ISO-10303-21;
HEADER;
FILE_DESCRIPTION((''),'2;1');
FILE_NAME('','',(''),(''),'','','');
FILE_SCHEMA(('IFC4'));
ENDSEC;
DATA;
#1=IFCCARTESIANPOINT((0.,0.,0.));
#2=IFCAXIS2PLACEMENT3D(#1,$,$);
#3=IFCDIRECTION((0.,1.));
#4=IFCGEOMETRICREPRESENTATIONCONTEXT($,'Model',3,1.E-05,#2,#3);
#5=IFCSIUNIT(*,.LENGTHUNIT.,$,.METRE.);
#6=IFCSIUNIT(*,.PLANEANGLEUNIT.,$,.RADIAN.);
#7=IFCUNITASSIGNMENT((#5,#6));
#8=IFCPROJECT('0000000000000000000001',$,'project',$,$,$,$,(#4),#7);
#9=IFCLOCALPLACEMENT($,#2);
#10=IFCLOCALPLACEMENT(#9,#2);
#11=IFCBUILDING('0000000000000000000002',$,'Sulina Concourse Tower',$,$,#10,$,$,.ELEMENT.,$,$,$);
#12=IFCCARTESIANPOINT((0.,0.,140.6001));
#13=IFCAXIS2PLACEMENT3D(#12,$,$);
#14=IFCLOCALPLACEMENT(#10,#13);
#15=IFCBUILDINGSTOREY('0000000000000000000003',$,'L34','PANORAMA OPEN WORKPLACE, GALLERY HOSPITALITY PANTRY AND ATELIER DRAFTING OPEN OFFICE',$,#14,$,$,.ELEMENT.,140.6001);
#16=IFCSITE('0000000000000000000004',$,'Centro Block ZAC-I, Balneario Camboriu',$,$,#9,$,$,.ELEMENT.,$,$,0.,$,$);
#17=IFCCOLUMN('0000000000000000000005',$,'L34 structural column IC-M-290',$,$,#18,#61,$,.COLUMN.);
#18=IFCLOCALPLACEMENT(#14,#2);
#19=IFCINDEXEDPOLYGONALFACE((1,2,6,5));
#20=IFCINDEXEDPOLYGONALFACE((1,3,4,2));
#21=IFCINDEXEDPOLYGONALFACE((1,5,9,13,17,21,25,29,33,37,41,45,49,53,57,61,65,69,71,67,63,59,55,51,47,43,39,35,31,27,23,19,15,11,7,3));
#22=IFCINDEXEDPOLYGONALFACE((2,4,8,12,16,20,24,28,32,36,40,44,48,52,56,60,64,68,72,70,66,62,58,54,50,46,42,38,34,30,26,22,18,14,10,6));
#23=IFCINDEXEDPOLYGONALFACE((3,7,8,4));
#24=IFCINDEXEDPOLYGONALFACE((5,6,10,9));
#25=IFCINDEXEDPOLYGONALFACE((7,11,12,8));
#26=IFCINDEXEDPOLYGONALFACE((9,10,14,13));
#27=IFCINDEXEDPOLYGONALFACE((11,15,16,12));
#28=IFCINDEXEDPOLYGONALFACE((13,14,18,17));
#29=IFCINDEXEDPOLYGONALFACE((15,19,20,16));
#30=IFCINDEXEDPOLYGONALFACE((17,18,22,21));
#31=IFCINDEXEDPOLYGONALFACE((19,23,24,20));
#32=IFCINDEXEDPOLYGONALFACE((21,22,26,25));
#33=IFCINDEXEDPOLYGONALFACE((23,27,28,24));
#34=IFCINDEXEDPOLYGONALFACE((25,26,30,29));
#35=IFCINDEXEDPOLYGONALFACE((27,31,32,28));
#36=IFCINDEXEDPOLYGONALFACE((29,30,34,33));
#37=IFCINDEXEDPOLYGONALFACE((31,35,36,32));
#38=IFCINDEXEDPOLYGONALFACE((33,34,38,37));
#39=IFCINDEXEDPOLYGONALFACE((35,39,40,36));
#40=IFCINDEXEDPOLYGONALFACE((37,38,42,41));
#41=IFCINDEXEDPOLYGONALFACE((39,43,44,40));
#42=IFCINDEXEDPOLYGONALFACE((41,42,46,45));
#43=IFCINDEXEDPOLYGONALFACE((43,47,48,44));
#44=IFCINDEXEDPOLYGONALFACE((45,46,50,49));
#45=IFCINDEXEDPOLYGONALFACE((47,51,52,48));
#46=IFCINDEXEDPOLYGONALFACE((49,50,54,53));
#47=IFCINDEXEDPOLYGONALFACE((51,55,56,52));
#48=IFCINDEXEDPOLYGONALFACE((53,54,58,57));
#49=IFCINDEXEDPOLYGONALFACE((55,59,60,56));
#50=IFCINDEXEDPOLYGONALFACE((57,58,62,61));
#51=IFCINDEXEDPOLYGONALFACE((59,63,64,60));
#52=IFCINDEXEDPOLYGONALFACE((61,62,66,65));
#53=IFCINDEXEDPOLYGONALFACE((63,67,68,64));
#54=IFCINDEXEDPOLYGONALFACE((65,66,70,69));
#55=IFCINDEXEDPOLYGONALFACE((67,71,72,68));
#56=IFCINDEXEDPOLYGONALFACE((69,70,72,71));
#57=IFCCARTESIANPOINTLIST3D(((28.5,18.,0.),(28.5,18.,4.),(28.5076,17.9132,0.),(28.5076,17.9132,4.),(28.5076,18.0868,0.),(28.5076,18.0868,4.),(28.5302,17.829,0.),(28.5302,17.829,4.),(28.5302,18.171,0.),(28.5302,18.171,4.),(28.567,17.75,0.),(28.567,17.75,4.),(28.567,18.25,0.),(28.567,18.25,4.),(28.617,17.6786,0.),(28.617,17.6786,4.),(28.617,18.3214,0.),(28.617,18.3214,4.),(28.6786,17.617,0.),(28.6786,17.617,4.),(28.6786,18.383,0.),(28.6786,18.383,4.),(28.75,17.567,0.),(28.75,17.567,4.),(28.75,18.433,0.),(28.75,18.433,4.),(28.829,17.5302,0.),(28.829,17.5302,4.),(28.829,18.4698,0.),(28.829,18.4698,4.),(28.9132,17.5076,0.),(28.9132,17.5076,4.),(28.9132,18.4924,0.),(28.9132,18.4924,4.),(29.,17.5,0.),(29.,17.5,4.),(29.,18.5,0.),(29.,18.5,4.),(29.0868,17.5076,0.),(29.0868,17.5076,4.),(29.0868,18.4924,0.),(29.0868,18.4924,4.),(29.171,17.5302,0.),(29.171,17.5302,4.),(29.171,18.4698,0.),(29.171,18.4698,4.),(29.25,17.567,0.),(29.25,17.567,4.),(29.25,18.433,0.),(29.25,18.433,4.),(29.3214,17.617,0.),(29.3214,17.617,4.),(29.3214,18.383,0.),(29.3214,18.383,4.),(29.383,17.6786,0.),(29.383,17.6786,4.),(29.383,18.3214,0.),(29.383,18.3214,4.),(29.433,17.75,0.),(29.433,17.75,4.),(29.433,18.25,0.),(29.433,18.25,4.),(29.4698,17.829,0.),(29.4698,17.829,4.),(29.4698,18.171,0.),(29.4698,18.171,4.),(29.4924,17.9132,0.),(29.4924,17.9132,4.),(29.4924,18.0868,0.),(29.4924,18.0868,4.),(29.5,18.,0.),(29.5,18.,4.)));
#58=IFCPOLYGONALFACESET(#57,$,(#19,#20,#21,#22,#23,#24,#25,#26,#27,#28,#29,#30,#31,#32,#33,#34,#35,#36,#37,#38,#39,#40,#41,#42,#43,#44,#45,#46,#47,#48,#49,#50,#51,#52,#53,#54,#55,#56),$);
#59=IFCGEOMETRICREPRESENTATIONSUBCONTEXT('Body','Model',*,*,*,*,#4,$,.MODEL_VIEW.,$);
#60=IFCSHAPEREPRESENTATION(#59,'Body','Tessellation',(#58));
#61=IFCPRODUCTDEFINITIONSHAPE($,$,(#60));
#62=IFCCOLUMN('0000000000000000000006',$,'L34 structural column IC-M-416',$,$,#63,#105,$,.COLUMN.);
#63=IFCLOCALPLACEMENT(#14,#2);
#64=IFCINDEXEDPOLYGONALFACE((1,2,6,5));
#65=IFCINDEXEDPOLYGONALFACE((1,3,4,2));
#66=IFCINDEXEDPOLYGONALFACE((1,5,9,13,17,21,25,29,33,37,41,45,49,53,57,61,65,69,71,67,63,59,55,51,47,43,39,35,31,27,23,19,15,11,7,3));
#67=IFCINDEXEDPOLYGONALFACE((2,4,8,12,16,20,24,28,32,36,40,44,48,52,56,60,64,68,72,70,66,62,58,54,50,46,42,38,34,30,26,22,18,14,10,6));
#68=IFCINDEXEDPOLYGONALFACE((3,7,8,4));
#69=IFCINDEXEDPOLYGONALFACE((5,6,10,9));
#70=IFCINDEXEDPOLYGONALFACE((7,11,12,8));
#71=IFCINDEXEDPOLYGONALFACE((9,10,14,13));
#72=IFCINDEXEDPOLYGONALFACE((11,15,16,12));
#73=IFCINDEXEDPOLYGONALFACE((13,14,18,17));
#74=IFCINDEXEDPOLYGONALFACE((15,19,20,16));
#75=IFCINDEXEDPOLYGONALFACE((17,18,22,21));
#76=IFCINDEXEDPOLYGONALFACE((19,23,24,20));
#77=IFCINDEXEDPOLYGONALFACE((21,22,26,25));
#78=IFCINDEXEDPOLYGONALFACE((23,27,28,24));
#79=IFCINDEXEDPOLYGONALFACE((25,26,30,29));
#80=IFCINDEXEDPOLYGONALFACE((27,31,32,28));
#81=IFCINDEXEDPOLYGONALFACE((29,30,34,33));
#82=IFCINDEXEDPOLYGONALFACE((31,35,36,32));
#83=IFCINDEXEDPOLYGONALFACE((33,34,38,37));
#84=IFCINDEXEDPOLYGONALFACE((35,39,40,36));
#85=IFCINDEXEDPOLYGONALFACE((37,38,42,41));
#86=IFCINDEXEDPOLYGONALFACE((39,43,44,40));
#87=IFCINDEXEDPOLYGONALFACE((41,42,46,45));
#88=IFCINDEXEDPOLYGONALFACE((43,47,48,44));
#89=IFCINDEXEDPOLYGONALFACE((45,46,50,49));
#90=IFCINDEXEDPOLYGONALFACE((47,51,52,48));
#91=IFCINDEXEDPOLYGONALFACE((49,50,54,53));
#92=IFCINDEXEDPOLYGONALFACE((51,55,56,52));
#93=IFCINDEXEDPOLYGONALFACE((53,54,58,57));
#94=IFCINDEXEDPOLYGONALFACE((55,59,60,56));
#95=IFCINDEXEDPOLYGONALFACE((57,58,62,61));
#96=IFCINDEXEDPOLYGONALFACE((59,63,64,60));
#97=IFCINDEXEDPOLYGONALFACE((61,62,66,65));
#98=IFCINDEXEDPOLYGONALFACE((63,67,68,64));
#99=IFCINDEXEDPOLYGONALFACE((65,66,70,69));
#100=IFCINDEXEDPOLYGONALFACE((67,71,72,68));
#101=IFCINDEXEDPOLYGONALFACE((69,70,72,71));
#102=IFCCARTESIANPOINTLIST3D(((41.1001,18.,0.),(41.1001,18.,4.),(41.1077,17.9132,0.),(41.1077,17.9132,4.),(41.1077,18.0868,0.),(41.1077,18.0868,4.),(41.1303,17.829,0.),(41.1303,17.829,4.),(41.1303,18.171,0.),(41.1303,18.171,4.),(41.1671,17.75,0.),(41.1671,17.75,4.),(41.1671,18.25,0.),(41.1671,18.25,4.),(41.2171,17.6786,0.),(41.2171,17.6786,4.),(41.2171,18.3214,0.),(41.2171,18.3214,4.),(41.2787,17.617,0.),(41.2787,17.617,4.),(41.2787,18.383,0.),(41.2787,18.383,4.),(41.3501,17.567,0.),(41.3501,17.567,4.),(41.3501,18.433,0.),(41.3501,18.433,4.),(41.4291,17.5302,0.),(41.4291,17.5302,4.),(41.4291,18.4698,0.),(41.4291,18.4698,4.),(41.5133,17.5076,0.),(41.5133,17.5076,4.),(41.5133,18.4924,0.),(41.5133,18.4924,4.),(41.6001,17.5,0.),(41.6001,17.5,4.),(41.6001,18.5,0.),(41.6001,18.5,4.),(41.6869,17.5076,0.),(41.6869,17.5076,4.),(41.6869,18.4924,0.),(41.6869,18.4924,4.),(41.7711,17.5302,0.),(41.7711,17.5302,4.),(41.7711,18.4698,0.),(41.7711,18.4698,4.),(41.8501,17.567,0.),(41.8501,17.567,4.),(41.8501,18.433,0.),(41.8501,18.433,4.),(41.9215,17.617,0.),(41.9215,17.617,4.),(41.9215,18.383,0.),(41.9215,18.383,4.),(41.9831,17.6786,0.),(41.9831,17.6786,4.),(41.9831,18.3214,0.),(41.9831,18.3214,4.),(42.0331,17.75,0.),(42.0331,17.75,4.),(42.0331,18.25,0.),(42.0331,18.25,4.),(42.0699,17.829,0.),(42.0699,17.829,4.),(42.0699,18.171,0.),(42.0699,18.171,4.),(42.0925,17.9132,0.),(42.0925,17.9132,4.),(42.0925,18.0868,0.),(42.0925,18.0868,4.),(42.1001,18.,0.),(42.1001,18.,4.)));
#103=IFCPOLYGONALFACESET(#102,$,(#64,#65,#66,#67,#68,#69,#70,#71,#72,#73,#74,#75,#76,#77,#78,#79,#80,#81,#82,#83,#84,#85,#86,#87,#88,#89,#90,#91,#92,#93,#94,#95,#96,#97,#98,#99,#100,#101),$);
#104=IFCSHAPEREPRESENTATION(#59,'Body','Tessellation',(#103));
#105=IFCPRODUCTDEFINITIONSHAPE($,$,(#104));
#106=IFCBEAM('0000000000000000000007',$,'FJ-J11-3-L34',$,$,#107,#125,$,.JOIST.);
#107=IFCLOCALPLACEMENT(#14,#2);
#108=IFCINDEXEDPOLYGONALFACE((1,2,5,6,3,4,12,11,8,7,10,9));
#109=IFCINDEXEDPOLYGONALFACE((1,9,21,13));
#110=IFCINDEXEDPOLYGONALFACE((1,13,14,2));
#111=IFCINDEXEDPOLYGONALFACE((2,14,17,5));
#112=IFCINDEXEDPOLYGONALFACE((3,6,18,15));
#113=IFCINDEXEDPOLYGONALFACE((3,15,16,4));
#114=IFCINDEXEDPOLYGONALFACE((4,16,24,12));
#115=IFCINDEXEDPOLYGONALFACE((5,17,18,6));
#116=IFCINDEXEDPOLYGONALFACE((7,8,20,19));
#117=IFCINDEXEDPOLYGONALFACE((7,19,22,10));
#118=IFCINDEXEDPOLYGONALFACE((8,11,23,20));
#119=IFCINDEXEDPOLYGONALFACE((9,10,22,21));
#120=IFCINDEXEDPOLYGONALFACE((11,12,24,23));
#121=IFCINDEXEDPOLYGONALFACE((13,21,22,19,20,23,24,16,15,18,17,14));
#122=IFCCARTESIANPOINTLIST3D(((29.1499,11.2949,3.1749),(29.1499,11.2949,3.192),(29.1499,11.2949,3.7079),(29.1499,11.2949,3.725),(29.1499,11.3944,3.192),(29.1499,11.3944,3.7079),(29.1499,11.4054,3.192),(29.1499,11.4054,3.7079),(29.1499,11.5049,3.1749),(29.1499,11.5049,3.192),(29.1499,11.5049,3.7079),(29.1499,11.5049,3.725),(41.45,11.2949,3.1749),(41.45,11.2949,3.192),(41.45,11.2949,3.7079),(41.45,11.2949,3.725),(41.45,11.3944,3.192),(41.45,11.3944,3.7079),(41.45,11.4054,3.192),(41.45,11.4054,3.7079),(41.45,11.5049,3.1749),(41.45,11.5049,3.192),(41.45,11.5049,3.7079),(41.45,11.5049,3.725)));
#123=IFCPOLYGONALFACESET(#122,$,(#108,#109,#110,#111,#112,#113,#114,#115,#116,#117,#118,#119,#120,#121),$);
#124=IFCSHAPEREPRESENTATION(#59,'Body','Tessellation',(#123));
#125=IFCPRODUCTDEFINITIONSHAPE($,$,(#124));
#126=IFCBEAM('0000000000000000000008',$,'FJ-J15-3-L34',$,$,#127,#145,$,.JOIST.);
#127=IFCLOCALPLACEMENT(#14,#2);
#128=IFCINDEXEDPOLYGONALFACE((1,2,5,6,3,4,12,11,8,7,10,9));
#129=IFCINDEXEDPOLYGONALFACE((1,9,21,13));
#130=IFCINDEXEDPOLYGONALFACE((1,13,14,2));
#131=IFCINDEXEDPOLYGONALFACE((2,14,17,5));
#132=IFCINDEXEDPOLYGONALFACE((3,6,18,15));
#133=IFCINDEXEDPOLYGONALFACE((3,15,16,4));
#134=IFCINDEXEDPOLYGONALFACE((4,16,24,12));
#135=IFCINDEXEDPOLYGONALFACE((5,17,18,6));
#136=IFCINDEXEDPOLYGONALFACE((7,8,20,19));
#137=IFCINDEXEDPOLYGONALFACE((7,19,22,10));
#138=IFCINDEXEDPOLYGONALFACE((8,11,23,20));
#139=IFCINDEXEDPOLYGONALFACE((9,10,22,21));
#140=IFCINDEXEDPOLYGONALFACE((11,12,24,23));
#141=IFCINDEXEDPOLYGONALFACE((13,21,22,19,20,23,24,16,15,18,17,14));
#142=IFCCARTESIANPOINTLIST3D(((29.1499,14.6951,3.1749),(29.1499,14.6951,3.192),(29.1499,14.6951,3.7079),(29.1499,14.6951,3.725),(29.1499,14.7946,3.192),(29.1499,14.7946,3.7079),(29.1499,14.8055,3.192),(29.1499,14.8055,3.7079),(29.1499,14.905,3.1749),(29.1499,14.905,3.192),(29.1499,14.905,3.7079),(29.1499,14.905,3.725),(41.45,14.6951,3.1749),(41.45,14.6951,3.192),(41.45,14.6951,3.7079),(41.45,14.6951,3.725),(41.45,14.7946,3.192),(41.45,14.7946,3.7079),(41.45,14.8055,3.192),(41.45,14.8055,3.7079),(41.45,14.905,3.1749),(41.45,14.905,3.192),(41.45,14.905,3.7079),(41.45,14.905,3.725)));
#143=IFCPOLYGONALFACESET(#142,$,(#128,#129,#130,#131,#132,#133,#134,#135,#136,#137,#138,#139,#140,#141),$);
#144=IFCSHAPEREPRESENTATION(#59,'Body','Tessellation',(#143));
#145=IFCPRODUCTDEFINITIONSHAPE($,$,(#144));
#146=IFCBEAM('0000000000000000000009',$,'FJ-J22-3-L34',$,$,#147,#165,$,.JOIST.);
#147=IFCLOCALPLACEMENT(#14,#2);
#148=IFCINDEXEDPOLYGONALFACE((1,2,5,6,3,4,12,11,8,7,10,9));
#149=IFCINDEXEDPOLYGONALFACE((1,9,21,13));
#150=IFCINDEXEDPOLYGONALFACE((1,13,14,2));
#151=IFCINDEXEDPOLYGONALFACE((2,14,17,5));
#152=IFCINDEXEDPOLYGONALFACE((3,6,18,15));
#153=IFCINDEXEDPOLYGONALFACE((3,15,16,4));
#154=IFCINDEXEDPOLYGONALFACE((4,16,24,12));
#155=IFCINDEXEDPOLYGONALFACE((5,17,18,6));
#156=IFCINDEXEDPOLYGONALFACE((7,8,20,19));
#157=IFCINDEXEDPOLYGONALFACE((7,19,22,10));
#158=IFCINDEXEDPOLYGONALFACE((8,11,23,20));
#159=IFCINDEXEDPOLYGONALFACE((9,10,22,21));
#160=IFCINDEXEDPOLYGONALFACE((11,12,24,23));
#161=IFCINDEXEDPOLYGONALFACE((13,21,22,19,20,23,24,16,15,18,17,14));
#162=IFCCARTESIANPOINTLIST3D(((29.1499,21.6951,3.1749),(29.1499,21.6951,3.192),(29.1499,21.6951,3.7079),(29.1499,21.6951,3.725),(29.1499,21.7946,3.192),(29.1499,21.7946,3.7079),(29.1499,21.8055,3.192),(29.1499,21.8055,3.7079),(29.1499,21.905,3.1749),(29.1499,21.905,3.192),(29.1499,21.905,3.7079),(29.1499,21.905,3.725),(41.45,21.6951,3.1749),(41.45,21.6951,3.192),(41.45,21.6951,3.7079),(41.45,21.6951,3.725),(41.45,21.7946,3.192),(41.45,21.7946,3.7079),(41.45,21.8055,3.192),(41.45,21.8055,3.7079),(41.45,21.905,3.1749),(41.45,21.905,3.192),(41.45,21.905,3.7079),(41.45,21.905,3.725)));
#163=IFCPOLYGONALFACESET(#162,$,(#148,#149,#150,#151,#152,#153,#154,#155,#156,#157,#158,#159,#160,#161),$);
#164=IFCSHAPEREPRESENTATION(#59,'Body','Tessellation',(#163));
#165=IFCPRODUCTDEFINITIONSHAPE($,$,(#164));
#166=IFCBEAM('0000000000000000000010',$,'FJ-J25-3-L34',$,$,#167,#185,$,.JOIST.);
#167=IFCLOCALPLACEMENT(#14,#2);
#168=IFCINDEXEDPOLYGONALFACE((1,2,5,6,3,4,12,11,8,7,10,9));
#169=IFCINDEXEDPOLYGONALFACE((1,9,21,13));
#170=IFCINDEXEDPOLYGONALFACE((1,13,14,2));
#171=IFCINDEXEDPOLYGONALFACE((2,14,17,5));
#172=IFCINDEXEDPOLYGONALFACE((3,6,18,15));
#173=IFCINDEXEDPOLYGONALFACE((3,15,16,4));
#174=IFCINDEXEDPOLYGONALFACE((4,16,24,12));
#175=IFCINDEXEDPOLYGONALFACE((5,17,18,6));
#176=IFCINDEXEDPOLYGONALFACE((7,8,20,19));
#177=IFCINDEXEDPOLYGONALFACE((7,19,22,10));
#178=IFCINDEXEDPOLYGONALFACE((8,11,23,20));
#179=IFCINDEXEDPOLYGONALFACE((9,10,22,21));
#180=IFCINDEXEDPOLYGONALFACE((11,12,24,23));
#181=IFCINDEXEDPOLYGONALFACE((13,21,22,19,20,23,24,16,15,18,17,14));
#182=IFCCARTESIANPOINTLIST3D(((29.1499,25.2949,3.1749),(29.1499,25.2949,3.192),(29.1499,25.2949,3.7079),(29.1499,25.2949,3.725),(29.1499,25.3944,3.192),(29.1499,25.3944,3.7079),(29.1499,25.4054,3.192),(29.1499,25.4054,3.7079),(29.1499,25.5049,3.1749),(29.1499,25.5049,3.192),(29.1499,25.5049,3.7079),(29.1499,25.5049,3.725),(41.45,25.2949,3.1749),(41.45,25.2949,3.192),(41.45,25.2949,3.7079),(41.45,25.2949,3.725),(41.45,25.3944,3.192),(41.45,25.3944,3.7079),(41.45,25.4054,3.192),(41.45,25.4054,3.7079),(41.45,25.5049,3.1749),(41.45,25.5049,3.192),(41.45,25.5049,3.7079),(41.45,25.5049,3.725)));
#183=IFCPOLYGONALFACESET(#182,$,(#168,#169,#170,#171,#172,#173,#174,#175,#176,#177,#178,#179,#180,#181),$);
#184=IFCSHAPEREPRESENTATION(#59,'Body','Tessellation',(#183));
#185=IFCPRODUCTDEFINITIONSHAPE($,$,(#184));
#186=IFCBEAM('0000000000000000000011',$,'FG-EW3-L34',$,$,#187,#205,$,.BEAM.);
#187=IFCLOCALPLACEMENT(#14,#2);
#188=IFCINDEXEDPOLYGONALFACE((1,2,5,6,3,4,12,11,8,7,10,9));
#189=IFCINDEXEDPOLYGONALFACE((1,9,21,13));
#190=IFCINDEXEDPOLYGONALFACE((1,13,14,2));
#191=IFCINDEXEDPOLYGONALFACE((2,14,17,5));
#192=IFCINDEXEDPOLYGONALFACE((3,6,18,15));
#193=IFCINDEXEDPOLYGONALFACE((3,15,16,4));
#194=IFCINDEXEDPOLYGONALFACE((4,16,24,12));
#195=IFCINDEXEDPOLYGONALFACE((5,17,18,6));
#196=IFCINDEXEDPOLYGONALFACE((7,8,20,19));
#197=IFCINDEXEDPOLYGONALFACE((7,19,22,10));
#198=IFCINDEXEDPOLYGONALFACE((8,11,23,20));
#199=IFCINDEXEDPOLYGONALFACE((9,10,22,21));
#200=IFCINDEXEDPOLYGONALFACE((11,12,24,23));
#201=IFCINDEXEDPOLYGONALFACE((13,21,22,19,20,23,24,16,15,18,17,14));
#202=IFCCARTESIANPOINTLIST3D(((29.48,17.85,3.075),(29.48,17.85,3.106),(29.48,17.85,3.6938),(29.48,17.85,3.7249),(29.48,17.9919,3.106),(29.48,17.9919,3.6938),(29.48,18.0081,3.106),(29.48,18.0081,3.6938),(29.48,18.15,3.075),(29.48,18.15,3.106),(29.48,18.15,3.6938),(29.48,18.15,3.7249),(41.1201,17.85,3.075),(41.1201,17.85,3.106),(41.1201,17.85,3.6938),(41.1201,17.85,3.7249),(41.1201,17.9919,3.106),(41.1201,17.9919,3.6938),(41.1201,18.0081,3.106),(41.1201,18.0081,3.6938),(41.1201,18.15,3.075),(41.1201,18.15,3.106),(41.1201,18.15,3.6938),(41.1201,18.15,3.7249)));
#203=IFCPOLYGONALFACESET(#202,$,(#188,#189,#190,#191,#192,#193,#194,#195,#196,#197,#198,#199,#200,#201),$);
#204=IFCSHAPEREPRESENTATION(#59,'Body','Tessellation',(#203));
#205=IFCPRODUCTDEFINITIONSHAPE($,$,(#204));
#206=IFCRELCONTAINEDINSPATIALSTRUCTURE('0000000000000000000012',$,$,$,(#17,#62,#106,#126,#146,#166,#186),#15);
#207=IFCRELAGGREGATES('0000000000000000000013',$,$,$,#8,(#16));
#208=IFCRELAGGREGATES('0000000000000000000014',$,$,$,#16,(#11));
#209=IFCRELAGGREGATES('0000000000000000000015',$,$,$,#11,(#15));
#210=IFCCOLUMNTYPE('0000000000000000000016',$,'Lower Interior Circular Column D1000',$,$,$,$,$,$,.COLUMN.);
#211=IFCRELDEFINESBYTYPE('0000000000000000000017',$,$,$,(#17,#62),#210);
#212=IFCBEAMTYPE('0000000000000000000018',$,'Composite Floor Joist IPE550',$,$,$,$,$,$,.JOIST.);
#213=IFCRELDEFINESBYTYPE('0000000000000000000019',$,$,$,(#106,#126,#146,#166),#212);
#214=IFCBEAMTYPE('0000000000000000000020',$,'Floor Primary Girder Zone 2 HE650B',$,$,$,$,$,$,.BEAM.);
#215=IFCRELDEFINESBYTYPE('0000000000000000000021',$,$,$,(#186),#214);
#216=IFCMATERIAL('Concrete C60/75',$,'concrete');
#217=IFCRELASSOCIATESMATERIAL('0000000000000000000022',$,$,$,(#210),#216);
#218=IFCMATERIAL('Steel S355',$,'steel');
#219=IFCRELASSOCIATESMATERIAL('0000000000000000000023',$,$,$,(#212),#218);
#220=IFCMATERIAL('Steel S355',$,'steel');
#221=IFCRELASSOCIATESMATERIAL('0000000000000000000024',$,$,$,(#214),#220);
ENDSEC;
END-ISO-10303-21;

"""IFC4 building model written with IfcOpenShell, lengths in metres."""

from ifc_helpers import new_model, si_unit, direction, frame, origin, origin_2d, place, context, subcontext, project, spatial, circle, i_section, extrude, material, material_profile, profile_set, type_object, element, save


model = new_model("IFC4")

# Units and contexts
model_context = context("Model", 3, precision=1e-05, world=origin(), true_north=direction((0.0, 1.0)))
body_context = subcontext(model_context, "Body", "Model", "MODEL_VIEW")
ifc_project = project(units=[si_unit("LENGTHUNIT", "METRE"), si_unit("PLANEANGLEUNIT", "RADIAN")], contexts=[model_context])

# Site, building, storey
site_placement = place(None, origin())
site = spatial("IfcSite", under=ifc_project, at=site_placement, Name="Centro Block ZAC-I, Balneario Camboriu", CompositionType="ELEMENT", RefElevation=0.0)
building_placement = place(site_placement, origin())
building = spatial("IfcBuilding", under=site, at=building_placement, Name="Sulina Concourse Tower", CompositionType="ELEMENT")
storey_placement = place(building_placement, frame((0.0, 0.0, 140.6001)))
storey = spatial("IfcBuildingStorey", under=building, at=storey_placement, Name="L34", Description="PANORAMA OPEN WORKPLACE, GALLERY HOSPITALITY PANTRY AND ATELIER DRAFTING OPEN OFFICE", CompositionType="ELEMENT", Elevation=140.6001)

# Columns
ifc_material_1 = material(Name="Concrete C60/75", Category="concrete")
ifc_material_profile_1 = material_profile(ifc_material_1, circle(Radius=0.5, at=origin_2d()), Name="RC D1000")
ifc_profile_set_1 = profile_set([ifc_material_profile_1], Name="Concrete C60/75")
column_type = type_object("IfcColumnType", Name="Lower Interior Circular Column D1000", PredefinedType="COLUMN", material=ifc_profile_set_1)
for number, where, z_axis, x_axis, name in (
    (1, (29.0, 18.0, 0.0), (0.0, 0.0, 1.0), (1.0, 0.0, 0.0), "L34 structural column IC-M-290"),
    (2, (41.6001, 18.0, 0.0), (0.0, 0.0, 1.0), (1.0, 0.0, 0.0), "L34 structural column IC-M-416"),
):
    element("IfcColumn", number, at=place(storey_placement, frame(where, z_axis=z_axis, x_axis=x_axis)), inside=storey, type_object=column_type, Name=name, PredefinedType="COLUMN", context=body_context, shape_type="SweptSolid", body=[
        extrude(circle(Radius=0.5, at=origin_2d()), origin(), (0.0, 0.0, 1.0), 4.0),
    ])

# Beams
ifc_material_2 = material(Name="Steel S355", Category="steel")
ifc_material_profile_2 = material_profile(ifc_material_2, i_section(OverallWidth=0.21, OverallDepth=0.55, WebThickness=0.011, FlangeThickness=0.0171, at=origin_2d()), Name="IPE 550")
ifc_profile_set_2 = profile_set([ifc_material_profile_2], Name="Steel S355")
beam_type_1 = type_object("IfcBeamType", Name="Composite Floor Joist IPE550", PredefinedType="JOIST", material=ifc_profile_set_2)
for number, where, z_axis, x_axis, name in (
    (3, (29.1499, 11.3999, 3.45), (1.0, 0.0, 0.0), (0.0, 1.0, 0.0), "FJ-J11-3-L34"),
    (4, (29.1499, 14.8, 3.45), (1.0, 0.0, 0.0), (0.0, 1.0, 0.0), "FJ-J15-3-L34"),
    (5, (29.1499, 21.8, 3.45), (1.0, 0.0, 0.0), (0.0, 1.0, 0.0), "FJ-J22-3-L34"),
    (6, (29.1499, 25.3999, 3.45), (1.0, 0.0, 0.0), (0.0, 1.0, 0.0), "FJ-J25-3-L34"),
):
    element("IfcBeam", number, at=place(storey_placement, frame(where, z_axis=z_axis, x_axis=x_axis)), inside=storey, type_object=beam_type_1, Name=name, PredefinedType="JOIST", context=body_context, shape_type="SweptSolid", body=[
        extrude(i_section(OverallWidth=0.21, OverallDepth=0.55, WebThickness=0.011, FlangeThickness=0.0171, at=origin_2d()), origin(), (0.0, 0.0, 1.0), 12.3),
    ])
ifc_material_3 = material(Name="Steel S355", Category="steel")
ifc_material_profile_3 = material_profile(ifc_material_3, i_section(OverallWidth=0.3, OverallDepth=0.6499, WebThickness=0.0161, FlangeThickness=0.031, at=origin_2d()), Name="HE 650 B")
ifc_profile_set_3 = profile_set([ifc_material_profile_3], Name="Steel S355")
beam_type_2 = type_object("IfcBeamType", Name="Floor Primary Girder Zone 2 HE650B", PredefinedType="BEAM", material=ifc_profile_set_3)
beam_1_placement = place(storey_placement, frame((29.48, 18.0, 3.3999), z_axis=(1.0, 0.0, 0.0), x_axis=(0.0, 1.0, 0.0)))
element("IfcBeam", 7, at=beam_1_placement, inside=storey, type_object=beam_type_2, Name="FG-EW3-L34", PredefinedType="BEAM", context=body_context, shape_type="SweptSolid", body=[
    extrude(i_section(OverallWidth=0.3, OverallDepth=0.6499, WebThickness=0.0161, FlangeThickness=0.031, at=origin_2d()), origin(), (0.0, 0.0, 1.0), 11.6401),
])

save(model, "model.ifc")
